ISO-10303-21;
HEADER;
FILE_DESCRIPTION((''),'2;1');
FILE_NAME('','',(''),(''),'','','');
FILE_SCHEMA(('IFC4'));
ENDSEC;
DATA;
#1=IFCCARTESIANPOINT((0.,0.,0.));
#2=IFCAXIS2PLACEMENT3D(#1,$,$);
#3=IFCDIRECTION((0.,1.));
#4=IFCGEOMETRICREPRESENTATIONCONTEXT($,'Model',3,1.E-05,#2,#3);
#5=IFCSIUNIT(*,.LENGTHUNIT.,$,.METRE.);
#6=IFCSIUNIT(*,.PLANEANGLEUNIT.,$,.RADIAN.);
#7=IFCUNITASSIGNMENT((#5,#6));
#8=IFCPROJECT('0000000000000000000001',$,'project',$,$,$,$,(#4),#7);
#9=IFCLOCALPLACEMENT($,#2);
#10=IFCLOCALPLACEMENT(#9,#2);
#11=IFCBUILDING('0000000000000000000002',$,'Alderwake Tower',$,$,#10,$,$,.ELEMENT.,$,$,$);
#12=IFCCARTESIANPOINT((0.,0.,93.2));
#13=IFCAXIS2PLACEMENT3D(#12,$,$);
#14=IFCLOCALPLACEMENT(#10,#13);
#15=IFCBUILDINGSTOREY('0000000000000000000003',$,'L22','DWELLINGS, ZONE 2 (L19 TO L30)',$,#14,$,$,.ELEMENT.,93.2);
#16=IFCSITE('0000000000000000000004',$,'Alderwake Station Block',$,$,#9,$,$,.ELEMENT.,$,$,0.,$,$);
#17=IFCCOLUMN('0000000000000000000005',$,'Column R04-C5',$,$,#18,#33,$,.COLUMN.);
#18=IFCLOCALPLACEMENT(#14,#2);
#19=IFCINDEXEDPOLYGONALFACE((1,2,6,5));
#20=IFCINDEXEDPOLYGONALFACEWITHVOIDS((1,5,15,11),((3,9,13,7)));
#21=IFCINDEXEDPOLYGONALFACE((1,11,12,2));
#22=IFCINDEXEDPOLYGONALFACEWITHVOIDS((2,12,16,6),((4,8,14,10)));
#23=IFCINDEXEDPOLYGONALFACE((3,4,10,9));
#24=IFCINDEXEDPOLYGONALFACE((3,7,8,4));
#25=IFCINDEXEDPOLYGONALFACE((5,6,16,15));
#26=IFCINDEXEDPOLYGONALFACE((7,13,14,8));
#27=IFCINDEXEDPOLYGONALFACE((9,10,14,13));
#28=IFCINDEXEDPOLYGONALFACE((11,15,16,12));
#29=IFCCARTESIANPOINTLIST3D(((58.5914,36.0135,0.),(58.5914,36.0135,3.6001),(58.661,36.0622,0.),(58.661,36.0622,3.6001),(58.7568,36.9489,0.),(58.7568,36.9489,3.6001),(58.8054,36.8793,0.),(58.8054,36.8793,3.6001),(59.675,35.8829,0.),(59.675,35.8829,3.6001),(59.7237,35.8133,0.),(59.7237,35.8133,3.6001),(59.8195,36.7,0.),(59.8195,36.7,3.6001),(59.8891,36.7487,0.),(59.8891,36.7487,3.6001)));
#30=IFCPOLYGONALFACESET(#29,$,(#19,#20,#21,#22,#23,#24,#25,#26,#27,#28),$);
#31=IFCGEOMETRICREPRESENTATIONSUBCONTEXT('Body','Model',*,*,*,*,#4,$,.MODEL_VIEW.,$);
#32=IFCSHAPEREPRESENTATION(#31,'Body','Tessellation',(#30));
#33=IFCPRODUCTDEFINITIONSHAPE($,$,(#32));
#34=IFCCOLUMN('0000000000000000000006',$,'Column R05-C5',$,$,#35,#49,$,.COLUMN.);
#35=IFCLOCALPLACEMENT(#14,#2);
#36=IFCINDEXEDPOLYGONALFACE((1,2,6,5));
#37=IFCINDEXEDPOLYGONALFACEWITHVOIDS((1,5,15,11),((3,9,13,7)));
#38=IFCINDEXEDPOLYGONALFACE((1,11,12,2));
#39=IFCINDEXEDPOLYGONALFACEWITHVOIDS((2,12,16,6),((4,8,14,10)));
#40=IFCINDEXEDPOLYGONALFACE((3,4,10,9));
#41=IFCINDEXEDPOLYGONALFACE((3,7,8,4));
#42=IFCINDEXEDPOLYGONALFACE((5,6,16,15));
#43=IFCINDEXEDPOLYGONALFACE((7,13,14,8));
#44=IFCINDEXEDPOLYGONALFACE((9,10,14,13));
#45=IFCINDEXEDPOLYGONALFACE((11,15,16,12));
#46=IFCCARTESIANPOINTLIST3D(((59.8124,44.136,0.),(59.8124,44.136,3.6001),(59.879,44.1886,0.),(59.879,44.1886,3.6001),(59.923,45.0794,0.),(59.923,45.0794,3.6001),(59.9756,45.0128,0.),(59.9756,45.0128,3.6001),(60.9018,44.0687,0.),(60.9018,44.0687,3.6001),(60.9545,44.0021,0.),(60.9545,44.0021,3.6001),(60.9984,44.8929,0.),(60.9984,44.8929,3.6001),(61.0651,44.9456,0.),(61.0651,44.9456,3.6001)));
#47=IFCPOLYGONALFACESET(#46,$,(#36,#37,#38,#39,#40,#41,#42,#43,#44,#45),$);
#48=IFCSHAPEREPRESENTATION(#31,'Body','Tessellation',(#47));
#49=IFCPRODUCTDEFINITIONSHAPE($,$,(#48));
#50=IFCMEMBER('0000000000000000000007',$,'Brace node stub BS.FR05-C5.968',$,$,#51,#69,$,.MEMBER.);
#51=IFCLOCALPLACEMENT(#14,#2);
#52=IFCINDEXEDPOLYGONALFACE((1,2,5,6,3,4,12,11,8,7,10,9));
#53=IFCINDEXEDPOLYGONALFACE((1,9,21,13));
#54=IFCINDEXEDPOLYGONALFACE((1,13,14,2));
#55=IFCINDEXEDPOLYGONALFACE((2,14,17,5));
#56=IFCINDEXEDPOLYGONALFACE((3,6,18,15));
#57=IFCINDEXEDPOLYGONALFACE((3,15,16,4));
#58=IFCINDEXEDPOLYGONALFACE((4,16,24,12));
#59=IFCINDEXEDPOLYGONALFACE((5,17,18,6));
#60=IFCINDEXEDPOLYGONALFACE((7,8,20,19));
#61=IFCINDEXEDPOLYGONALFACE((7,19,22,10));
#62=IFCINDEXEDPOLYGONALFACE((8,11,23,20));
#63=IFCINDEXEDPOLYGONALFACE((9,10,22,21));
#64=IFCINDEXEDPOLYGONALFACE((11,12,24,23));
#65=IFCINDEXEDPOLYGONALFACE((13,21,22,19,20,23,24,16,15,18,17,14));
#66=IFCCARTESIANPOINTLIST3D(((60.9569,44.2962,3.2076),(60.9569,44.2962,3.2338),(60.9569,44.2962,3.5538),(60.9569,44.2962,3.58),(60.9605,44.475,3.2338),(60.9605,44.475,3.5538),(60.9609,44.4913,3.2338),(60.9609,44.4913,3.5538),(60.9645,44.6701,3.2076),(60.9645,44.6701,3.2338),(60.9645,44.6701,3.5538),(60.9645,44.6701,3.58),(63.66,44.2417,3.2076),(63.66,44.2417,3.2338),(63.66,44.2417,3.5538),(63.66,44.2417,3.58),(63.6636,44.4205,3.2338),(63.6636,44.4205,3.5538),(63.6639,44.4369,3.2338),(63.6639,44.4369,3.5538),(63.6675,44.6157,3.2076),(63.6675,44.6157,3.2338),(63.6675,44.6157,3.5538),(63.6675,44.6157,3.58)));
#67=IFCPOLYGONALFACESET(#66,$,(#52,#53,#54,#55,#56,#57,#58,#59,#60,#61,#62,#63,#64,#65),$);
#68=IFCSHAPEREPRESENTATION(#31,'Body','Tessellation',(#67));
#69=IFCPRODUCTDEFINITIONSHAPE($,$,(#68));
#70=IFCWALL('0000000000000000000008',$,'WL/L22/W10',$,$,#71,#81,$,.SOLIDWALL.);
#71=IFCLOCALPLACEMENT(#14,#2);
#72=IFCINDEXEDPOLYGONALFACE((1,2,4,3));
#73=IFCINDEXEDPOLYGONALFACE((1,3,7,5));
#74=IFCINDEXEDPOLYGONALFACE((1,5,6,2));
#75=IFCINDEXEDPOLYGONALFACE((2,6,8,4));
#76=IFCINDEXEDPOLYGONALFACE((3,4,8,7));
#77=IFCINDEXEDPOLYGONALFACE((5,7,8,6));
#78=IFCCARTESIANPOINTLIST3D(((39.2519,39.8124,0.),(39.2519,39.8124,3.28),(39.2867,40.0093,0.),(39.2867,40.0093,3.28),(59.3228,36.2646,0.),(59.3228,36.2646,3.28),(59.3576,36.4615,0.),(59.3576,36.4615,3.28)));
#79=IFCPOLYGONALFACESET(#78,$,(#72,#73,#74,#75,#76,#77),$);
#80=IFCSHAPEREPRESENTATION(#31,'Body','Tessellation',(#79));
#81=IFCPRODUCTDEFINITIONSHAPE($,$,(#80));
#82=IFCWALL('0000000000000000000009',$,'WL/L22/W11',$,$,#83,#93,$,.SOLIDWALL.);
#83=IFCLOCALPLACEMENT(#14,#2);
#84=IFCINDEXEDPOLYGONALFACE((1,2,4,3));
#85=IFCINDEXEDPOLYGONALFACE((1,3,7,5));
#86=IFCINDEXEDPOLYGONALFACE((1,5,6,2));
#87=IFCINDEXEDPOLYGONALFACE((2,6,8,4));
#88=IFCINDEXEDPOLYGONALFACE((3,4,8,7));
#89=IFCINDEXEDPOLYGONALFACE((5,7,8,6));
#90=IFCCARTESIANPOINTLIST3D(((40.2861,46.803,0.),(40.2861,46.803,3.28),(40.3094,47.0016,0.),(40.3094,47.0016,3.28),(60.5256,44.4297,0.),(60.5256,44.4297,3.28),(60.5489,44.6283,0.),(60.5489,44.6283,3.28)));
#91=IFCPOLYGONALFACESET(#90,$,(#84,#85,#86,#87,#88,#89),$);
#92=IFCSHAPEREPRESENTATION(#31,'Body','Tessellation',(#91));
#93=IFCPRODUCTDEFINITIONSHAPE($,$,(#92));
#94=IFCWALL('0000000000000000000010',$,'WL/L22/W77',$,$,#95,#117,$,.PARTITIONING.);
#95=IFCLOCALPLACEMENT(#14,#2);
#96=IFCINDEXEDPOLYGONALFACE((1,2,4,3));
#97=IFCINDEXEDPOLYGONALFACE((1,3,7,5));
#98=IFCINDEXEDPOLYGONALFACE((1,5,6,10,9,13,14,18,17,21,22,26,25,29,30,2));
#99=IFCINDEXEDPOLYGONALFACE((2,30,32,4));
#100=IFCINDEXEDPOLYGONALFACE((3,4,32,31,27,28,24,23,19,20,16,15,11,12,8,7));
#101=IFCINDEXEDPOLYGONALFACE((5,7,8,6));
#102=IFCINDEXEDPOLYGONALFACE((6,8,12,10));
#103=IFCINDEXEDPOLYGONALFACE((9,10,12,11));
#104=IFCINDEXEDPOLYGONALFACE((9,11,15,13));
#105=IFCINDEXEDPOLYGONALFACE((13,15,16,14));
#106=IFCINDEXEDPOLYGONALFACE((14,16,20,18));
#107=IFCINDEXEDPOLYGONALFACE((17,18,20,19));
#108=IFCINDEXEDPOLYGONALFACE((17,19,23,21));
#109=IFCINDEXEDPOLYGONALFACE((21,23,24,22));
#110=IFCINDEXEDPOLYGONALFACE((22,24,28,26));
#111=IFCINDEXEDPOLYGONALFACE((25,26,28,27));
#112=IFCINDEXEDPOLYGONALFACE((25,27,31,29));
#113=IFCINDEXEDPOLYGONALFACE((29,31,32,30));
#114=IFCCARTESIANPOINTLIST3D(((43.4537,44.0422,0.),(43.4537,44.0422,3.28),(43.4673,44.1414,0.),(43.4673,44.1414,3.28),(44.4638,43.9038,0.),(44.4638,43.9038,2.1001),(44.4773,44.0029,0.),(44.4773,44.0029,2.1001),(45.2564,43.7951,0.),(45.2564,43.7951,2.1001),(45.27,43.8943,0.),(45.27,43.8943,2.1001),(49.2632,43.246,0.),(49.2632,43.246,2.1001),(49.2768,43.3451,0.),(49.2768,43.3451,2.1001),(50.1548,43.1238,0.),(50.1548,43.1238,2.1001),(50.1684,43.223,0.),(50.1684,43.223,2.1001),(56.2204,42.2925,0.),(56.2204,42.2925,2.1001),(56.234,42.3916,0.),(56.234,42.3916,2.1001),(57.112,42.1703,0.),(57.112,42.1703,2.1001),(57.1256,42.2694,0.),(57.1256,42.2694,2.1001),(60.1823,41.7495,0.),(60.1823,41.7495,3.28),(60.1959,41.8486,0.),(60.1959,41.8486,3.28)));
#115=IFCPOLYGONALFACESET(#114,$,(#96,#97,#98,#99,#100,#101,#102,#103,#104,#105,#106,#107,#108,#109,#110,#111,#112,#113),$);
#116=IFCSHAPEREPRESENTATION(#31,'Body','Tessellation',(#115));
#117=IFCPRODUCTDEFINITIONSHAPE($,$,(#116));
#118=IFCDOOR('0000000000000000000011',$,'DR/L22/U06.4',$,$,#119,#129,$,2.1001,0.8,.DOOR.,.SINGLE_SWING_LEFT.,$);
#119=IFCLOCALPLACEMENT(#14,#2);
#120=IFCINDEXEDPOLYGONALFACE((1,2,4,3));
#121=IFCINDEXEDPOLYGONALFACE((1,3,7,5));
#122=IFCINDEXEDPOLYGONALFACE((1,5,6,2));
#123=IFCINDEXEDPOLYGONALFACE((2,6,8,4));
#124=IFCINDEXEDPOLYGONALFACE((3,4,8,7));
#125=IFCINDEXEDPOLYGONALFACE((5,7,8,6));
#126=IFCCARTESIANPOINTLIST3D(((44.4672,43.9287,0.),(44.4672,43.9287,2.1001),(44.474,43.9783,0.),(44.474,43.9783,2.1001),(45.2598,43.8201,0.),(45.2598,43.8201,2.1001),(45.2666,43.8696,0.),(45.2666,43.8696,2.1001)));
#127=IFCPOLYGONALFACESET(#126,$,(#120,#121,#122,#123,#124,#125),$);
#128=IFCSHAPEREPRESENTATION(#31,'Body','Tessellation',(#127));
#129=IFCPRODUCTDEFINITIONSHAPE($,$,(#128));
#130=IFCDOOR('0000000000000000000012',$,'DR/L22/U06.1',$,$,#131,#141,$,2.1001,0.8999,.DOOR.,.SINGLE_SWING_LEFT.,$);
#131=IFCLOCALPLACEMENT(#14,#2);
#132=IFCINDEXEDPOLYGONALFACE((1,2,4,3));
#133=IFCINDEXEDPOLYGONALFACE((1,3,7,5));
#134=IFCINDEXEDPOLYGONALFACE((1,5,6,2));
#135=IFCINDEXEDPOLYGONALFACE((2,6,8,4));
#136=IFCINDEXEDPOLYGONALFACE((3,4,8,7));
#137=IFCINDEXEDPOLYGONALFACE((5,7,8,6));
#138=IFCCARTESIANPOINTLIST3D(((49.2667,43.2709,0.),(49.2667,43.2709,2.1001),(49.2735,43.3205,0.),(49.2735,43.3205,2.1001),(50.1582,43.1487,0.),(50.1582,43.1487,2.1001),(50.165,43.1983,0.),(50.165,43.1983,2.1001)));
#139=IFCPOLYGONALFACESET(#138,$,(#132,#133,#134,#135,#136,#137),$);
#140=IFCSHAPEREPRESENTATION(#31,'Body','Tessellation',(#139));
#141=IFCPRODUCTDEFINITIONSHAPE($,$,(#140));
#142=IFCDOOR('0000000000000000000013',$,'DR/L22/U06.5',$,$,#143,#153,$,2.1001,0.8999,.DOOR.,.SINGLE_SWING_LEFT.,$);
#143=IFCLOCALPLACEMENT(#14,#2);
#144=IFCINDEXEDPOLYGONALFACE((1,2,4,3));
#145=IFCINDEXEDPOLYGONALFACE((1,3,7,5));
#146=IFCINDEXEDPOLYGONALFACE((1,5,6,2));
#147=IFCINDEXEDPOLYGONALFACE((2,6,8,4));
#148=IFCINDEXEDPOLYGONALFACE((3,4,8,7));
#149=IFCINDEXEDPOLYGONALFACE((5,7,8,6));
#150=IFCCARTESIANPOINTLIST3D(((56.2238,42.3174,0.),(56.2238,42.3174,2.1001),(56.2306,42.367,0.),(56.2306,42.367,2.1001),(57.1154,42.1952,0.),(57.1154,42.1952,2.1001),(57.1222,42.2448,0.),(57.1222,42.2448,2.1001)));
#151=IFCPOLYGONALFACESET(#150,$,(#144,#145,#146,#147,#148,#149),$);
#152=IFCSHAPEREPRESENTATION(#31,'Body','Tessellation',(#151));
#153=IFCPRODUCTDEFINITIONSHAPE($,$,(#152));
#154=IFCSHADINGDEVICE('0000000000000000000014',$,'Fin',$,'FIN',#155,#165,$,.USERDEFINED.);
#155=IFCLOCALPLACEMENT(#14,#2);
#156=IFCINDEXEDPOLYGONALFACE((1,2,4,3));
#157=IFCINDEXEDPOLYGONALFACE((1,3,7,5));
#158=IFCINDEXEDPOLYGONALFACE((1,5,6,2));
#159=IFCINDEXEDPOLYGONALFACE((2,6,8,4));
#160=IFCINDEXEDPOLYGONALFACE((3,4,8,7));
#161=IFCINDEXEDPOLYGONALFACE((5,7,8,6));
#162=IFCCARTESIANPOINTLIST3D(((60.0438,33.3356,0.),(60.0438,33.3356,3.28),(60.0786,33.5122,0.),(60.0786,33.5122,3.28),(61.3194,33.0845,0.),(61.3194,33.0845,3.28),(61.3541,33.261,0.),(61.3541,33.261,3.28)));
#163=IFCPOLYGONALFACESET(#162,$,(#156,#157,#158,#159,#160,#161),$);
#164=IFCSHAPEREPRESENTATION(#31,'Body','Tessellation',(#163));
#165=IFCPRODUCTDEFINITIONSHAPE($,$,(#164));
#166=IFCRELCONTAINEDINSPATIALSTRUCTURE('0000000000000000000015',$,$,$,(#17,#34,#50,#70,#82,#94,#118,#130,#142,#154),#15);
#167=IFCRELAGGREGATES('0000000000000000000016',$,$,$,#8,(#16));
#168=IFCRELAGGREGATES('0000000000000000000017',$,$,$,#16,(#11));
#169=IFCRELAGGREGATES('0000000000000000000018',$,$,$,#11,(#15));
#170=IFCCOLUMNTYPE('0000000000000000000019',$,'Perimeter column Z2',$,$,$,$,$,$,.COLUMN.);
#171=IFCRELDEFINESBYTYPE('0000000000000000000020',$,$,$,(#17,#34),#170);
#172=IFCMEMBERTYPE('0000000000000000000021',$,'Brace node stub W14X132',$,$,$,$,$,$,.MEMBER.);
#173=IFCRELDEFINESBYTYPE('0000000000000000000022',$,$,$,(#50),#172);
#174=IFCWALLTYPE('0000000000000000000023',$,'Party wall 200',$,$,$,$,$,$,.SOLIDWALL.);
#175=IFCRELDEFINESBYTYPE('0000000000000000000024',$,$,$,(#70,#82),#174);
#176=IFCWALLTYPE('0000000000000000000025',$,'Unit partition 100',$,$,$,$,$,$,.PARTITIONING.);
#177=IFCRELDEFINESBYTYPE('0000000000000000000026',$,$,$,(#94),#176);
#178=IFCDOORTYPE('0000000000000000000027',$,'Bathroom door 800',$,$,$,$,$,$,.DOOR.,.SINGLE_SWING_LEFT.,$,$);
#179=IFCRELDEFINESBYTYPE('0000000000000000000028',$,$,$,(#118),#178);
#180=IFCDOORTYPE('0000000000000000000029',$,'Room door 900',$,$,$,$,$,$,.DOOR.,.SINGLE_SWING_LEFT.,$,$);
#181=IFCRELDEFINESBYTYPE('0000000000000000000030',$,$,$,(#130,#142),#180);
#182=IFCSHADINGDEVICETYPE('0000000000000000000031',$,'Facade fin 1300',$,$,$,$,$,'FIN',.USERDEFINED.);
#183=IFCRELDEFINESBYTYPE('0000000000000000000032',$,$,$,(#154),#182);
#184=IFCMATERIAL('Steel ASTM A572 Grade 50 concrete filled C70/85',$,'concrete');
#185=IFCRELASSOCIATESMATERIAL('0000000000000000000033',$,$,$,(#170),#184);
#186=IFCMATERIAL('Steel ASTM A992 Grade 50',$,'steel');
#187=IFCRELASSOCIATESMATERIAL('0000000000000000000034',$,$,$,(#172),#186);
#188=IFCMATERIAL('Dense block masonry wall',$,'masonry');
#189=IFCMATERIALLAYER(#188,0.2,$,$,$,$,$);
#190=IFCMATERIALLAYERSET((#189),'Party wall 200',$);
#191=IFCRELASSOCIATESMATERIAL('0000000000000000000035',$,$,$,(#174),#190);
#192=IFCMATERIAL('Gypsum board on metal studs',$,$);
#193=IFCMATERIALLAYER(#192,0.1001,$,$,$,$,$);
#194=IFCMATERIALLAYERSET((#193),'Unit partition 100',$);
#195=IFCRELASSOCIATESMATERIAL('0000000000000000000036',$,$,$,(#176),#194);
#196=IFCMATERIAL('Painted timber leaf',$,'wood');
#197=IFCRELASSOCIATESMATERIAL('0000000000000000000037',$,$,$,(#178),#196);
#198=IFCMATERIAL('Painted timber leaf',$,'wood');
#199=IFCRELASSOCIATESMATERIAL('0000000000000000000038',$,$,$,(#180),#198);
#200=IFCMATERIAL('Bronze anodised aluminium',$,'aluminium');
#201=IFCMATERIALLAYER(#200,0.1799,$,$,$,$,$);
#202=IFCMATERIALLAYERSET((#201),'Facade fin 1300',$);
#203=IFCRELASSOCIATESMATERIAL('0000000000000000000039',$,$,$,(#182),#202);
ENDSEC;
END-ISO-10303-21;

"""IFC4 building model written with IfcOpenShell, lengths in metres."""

from ifc_helpers import new_model, si_unit, direction, frame, frame_2d, origin, origin_2d, place, context, subcontext, project, spatial, rectangle, hollow_rectangle, i_section, extrude, material, layer, layer_set, material_profile, profile_set, type_object, element, fill, save


model = new_model("IFC4")

# Units and contexts
model_context = context("Model", 3, precision=1e-05, world=origin(), true_north=direction((0.0, 1.0)))
body_context = subcontext(model_context, "Body", "Model", "MODEL_VIEW")
ifc_project = project(units=[si_unit("LENGTHUNIT", "METRE"), si_unit("PLANEANGLEUNIT", "RADIAN")], contexts=[model_context])

# Site, building, storey
site_placement = place(None, origin())
site = spatial("IfcSite", under=ifc_project, at=site_placement, Name="Alderwake Station Block", CompositionType="ELEMENT", RefElevation=0.0)
building_placement = place(site_placement, origin())
building = spatial("IfcBuilding", under=site, at=building_placement, Name="Alderwake Tower", CompositionType="ELEMENT")
storey_placement = place(building_placement, frame((0.0, 0.0, 93.2)))
storey = spatial("IfcBuildingStorey", under=building, at=storey_placement, Name="L22", Description="DWELLINGS, ZONE 2 (L19 TO L30)", CompositionType="ELEMENT", Elevation=93.2)

# Columns
ifc_material_1 = material(Name="Steel ASTM A572 Grade 50 concrete filled C70/85", Category="concrete")
ifc_material_profile_1 = material_profile(ifc_material_1, hollow_rectangle(XDim=0.95, YDim=1.1499, WallThickness=0.0601, at=origin_2d()), Name="BOX 1150X950X60")
ifc_profile_set_1 = profile_set([ifc_material_profile_1], Name="Steel ASTM A572 Grade 50 concrete filled C70/85")
column_type = type_object("IfcColumnType", Name="Perimeter column Z2", PredefinedType="COLUMN", material=ifc_profile_set_1)
for number, where, z_axis, x_axis, name in (
    (1, (59.2402, 36.3811, 0.0), (0.0, 0.0, 1.0), (0.174109, 0.984726, 0.0), "Column R04-C5"),
    (2, (60.4387, 44.5408, 0.0), (0.0, 0.0, 1.0), (0.116402, 0.993202, 0.0), "Column R05-C5"),
):
    element("IfcColumn", number, at=place(storey_placement, frame(where, z_axis=z_axis, x_axis=x_axis)), inside=storey, type_object=column_type, Name=name, PredefinedType="COLUMN", context=body_context, shape_type="SweptSolid", body=[
        extrude(hollow_rectangle(XDim=0.95, YDim=1.1499, WallThickness=0.0601, at=origin_2d()), origin(), (0.0, 0.0, 1.0), 3.6001),
    ])

# Member
ifc_material_2 = material(Name="Steel ASTM A992 Grade 50", Category="steel")
ifc_material_profile_2 = material_profile(ifc_material_2, i_section(OverallWidth=0.374, OverallDepth=0.3723, WebThickness=0.0164, FlangeThickness=0.0261, at=origin_2d()), Name="W14X132")
ifc_profile_set_2 = profile_set([ifc_material_profile_2], Name="Steel ASTM A992 Grade 50")
member_type = type_object("IfcMemberType", Name="Brace node stub W14X132", PredefinedType="MEMBER", material=ifc_profile_set_2)
member_placement = place(storey_placement, frame((60.9607, 44.4832, 3.3938), z_axis=(0.999797, -0.020137, 0.0), x_axis=(0.020137, 0.999797, 0.0)))
element("IfcMember", 3, at=member_placement, inside=storey, type_object=member_type, Name="Brace node stub BS.FR05-C5.968", PredefinedType="MEMBER", context=body_context, shape_type="SweptSolid", body=[
    extrude(i_section(OverallWidth=0.374, OverallDepth=0.3723, WebThickness=0.0164, FlangeThickness=0.0261, at=origin_2d()), origin(), (0.0, 0.0, 1.0), 2.7036),
])

# Walls
ifc_material_3 = material(Name="Dense block masonry wall", Category="masonry")
ifc_layer_1 = layer(ifc_material_3, 0.2)
ifc_layer_set_1 = layer_set([ifc_layer_1], Name="Party wall 200")
wall_type_1 = type_object("IfcWallType", Name="Party wall 200", PredefinedType="SOLIDWALL", material=ifc_layer_set_1)
wall_1_placement = place(storey_placement, frame((59.3401, 36.363, 0.0), z_axis=(0.0, 0.0, 1.0), x_axis=(-0.984734, 0.174068, 0.0)))
element("IfcWall", 4, at=wall_1_placement, inside=storey, type_object=wall_type_1, Name="WL/L22/W10", PredefinedType="SOLIDWALL", context=body_context, shape_type="SweptSolid", body=[
    extrude(rectangle(XDim=20.3821, YDim=0.2, at=frame_2d((10.1909, 0.0))), origin(), (0.0, 0.0, 1.0), 3.28),
])
wall_2_placement = place(storey_placement, frame((60.5371, 44.5291, 0.0), z_axis=(0.0, 0.0, 1.0), x_axis=(-0.993195, 0.116462, 0.0)))
element("IfcWall", 5, at=wall_2_placement, inside=storey, type_object=wall_type_1, Name="WL/L22/W11", PredefinedType="SOLIDWALL", context=body_context, shape_type="SweptSolid", body=[
    extrude(rectangle(XDim=20.3782, YDim=0.2, at=frame_2d((10.189, 0.0))), origin(), (0.0, 0.0, 1.0), 3.28),
])

# Wall, openings, doors
ifc_material_4 = material(Name="Gypsum board on metal studs")
ifc_layer_2 = layer(ifc_material_4, 0.1001)
ifc_layer_set_2 = layer_set([ifc_layer_2], Name="Unit partition 100")
wall_type_2 = type_object("IfcWallType", Name="Unit partition 100", PredefinedType="PARTITIONING", material=ifc_layer_set_2)
wall_3_placement = place(storey_placement, frame((60.189, 41.7991, 0.0), z_axis=(0.0, 0.0, 1.0), x_axis=(-0.990738, 0.135786, 0.0)))
wall_3 = element("IfcWall", 6, at=wall_3_placement, inside=storey, type_object=wall_type_2, Name="WL/L22/W77", PredefinedType="PARTITIONING", context=body_context, shape_type="SweptSolid", body=[
    extrude(rectangle(XDim=16.885, YDim=0.1001, at=frame_2d((8.4424, 0.0))), origin(), (0.0, 0.0, 1.0), 3.28),
])
opening_1_placement = place(wall_3_placement, frame((10.1211, 0.0, 0.0)))
opening_1 = element("IfcOpeningElement", 7, at=opening_1_placement, cuts=wall_3, PredefinedType="OPENING", context=body_context, shape_type="SweptSolid", body=[
    extrude(rectangle(XDim=0.8999, YDim=2.1001, at=frame_2d((0.45, 1.05))), frame((0.0, 0.0601, 0.0), z_axis=(0.0, -1.0, 0.0), x_axis=(1.0, 0.0, 0.0)), (0.0, 0.0, 1.0), 0.1201),
])
opening_2_placement = place(wall_3_placement, frame((15.0654, 0.0, 0.0)))
opening_2 = element("IfcOpeningElement", 8, at=opening_2_placement, cuts=wall_3, PredefinedType="OPENING", context=body_context, shape_type="SweptSolid", body=[
    extrude(rectangle(XDim=0.8, YDim=2.1001, at=frame_2d((0.3999, 1.05))), frame((0.0, 0.0601, 0.0), z_axis=(0.0, -1.0, 0.0), x_axis=(1.0, 0.0, 0.0)), (0.0, 0.0, 1.0), 0.1201),
])
opening_3_placement = place(wall_3_placement, frame((3.0989, 0.0, 0.0)))
opening_3 = element("IfcOpeningElement", 9, at=opening_3_placement, cuts=wall_3, PredefinedType="OPENING", context=body_context, shape_type="SweptSolid", body=[
    extrude(rectangle(XDim=0.8999, YDim=2.1001, at=frame_2d((0.45, 1.05))), frame((0.0, 0.0601, 0.0), z_axis=(0.0, -1.0, 0.0), x_axis=(1.0, 0.0, 0.0)), (0.0, 0.0, 1.0), 0.1201),
])
ifc_material_5 = material(Name="Painted timber leaf", Category="wood")
door_type_1 = type_object("IfcDoorType", Name="Bathroom door 800", OperationType="SINGLE_SWING_LEFT", PredefinedType="DOOR", material=ifc_material_5)
door_1_placement = place(opening_2_placement, origin())
door_1 = element("IfcDoor", 10, at=door_1_placement, inside=storey, type_object=door_type_1, Name="DR/L22/U06.4", OperationType="SINGLE_SWING_LEFT", OverallHeight=2.1001, OverallWidth=0.8, PredefinedType="DOOR", context=body_context, shape_type="SweptSolid", body=[
    extrude(rectangle(XDim=0.8, YDim=2.1001, at=frame_2d((0.3999, 1.05))), frame((0.0, 0.0249, 0.0), z_axis=(0.0, -1.0, 0.0), x_axis=(1.0, 0.0, 0.0)), (0.0, 0.0, 1.0), 0.05),
])
fill(opening_2, door_1)
ifc_material_6 = material(Name="Painted timber leaf", Category="wood")
door_type_2 = type_object("IfcDoorType", Name="Room door 900", OperationType="SINGLE_SWING_LEFT", PredefinedType="DOOR", material=ifc_material_6)
door_2_placement = place(opening_1_placement, origin())
door_2 = element("IfcDoor", 11, at=door_2_placement, inside=storey, type_object=door_type_2, Name="DR/L22/U06.1", OperationType="SINGLE_SWING_LEFT", OverallHeight=2.1001, OverallWidth=0.8999, PredefinedType="DOOR", context=body_context, shape_type="SweptSolid", body=[
    extrude(rectangle(XDim=0.8999, YDim=2.1001, at=frame_2d((0.45, 1.05))), frame((0.0, 0.0249, 0.0), z_axis=(0.0, -1.0, 0.0), x_axis=(1.0, 0.0, 0.0)), (0.0, 0.0, 1.0), 0.05),
])
fill(opening_1, door_2)
door_3_placement = place(opening_3_placement, origin())
door_3 = element("IfcDoor", 12, at=door_3_placement, inside=storey, type_object=door_type_2, Name="DR/L22/U06.5", OperationType="SINGLE_SWING_LEFT", OverallHeight=2.1001, OverallWidth=0.8999, PredefinedType="DOOR", context=body_context, shape_type="SweptSolid", body=[
    extrude(rectangle(XDim=0.8999, YDim=2.1001, at=frame_2d((0.45, 1.05))), frame((0.0, 0.0249, 0.0), z_axis=(0.0, -1.0, 0.0), x_axis=(1.0, 0.0, 0.0)), (0.0, 0.0, 1.0), 0.05),
])
fill(opening_3, door_3)

# Shading device
ifc_material_7 = material(Name="Bronze anodised aluminium", Category="aluminium")
ifc_layer_3 = layer(ifc_material_7, 0.1799)
ifc_layer_set_3 = layer_set([ifc_layer_3], Name="Facade fin 1300")
shading_device_type_1 = type_object("IfcShadingDeviceType", Name="Facade fin 1300", ElementType="FIN", PredefinedType="USERDEFINED", material=ifc_layer_set_3)
for number, where, z_axis, x_axis, name in (
    (13, (60.699, 33.2983, 0.0), (0.0, 0.0, 1.0), (0.981164, -0.193178, 0.0), "Fin"),
):
    element("IfcShadingDevice", number, at=place(storey_placement, frame(where, z_axis=z_axis, x_axis=x_axis)), inside=storey, type_object=shading_device_type_1, Name=name, ObjectType="FIN", PredefinedType="USERDEFINED", context=body_context, shape_type="SweptSolid", body=[
        extrude(rectangle(XDim=1.3, YDim=0.1799, at=origin_2d()), origin(), (0.0, 0.0, 1.0), 3.28),
    ])

save(model, "model.ifc")
